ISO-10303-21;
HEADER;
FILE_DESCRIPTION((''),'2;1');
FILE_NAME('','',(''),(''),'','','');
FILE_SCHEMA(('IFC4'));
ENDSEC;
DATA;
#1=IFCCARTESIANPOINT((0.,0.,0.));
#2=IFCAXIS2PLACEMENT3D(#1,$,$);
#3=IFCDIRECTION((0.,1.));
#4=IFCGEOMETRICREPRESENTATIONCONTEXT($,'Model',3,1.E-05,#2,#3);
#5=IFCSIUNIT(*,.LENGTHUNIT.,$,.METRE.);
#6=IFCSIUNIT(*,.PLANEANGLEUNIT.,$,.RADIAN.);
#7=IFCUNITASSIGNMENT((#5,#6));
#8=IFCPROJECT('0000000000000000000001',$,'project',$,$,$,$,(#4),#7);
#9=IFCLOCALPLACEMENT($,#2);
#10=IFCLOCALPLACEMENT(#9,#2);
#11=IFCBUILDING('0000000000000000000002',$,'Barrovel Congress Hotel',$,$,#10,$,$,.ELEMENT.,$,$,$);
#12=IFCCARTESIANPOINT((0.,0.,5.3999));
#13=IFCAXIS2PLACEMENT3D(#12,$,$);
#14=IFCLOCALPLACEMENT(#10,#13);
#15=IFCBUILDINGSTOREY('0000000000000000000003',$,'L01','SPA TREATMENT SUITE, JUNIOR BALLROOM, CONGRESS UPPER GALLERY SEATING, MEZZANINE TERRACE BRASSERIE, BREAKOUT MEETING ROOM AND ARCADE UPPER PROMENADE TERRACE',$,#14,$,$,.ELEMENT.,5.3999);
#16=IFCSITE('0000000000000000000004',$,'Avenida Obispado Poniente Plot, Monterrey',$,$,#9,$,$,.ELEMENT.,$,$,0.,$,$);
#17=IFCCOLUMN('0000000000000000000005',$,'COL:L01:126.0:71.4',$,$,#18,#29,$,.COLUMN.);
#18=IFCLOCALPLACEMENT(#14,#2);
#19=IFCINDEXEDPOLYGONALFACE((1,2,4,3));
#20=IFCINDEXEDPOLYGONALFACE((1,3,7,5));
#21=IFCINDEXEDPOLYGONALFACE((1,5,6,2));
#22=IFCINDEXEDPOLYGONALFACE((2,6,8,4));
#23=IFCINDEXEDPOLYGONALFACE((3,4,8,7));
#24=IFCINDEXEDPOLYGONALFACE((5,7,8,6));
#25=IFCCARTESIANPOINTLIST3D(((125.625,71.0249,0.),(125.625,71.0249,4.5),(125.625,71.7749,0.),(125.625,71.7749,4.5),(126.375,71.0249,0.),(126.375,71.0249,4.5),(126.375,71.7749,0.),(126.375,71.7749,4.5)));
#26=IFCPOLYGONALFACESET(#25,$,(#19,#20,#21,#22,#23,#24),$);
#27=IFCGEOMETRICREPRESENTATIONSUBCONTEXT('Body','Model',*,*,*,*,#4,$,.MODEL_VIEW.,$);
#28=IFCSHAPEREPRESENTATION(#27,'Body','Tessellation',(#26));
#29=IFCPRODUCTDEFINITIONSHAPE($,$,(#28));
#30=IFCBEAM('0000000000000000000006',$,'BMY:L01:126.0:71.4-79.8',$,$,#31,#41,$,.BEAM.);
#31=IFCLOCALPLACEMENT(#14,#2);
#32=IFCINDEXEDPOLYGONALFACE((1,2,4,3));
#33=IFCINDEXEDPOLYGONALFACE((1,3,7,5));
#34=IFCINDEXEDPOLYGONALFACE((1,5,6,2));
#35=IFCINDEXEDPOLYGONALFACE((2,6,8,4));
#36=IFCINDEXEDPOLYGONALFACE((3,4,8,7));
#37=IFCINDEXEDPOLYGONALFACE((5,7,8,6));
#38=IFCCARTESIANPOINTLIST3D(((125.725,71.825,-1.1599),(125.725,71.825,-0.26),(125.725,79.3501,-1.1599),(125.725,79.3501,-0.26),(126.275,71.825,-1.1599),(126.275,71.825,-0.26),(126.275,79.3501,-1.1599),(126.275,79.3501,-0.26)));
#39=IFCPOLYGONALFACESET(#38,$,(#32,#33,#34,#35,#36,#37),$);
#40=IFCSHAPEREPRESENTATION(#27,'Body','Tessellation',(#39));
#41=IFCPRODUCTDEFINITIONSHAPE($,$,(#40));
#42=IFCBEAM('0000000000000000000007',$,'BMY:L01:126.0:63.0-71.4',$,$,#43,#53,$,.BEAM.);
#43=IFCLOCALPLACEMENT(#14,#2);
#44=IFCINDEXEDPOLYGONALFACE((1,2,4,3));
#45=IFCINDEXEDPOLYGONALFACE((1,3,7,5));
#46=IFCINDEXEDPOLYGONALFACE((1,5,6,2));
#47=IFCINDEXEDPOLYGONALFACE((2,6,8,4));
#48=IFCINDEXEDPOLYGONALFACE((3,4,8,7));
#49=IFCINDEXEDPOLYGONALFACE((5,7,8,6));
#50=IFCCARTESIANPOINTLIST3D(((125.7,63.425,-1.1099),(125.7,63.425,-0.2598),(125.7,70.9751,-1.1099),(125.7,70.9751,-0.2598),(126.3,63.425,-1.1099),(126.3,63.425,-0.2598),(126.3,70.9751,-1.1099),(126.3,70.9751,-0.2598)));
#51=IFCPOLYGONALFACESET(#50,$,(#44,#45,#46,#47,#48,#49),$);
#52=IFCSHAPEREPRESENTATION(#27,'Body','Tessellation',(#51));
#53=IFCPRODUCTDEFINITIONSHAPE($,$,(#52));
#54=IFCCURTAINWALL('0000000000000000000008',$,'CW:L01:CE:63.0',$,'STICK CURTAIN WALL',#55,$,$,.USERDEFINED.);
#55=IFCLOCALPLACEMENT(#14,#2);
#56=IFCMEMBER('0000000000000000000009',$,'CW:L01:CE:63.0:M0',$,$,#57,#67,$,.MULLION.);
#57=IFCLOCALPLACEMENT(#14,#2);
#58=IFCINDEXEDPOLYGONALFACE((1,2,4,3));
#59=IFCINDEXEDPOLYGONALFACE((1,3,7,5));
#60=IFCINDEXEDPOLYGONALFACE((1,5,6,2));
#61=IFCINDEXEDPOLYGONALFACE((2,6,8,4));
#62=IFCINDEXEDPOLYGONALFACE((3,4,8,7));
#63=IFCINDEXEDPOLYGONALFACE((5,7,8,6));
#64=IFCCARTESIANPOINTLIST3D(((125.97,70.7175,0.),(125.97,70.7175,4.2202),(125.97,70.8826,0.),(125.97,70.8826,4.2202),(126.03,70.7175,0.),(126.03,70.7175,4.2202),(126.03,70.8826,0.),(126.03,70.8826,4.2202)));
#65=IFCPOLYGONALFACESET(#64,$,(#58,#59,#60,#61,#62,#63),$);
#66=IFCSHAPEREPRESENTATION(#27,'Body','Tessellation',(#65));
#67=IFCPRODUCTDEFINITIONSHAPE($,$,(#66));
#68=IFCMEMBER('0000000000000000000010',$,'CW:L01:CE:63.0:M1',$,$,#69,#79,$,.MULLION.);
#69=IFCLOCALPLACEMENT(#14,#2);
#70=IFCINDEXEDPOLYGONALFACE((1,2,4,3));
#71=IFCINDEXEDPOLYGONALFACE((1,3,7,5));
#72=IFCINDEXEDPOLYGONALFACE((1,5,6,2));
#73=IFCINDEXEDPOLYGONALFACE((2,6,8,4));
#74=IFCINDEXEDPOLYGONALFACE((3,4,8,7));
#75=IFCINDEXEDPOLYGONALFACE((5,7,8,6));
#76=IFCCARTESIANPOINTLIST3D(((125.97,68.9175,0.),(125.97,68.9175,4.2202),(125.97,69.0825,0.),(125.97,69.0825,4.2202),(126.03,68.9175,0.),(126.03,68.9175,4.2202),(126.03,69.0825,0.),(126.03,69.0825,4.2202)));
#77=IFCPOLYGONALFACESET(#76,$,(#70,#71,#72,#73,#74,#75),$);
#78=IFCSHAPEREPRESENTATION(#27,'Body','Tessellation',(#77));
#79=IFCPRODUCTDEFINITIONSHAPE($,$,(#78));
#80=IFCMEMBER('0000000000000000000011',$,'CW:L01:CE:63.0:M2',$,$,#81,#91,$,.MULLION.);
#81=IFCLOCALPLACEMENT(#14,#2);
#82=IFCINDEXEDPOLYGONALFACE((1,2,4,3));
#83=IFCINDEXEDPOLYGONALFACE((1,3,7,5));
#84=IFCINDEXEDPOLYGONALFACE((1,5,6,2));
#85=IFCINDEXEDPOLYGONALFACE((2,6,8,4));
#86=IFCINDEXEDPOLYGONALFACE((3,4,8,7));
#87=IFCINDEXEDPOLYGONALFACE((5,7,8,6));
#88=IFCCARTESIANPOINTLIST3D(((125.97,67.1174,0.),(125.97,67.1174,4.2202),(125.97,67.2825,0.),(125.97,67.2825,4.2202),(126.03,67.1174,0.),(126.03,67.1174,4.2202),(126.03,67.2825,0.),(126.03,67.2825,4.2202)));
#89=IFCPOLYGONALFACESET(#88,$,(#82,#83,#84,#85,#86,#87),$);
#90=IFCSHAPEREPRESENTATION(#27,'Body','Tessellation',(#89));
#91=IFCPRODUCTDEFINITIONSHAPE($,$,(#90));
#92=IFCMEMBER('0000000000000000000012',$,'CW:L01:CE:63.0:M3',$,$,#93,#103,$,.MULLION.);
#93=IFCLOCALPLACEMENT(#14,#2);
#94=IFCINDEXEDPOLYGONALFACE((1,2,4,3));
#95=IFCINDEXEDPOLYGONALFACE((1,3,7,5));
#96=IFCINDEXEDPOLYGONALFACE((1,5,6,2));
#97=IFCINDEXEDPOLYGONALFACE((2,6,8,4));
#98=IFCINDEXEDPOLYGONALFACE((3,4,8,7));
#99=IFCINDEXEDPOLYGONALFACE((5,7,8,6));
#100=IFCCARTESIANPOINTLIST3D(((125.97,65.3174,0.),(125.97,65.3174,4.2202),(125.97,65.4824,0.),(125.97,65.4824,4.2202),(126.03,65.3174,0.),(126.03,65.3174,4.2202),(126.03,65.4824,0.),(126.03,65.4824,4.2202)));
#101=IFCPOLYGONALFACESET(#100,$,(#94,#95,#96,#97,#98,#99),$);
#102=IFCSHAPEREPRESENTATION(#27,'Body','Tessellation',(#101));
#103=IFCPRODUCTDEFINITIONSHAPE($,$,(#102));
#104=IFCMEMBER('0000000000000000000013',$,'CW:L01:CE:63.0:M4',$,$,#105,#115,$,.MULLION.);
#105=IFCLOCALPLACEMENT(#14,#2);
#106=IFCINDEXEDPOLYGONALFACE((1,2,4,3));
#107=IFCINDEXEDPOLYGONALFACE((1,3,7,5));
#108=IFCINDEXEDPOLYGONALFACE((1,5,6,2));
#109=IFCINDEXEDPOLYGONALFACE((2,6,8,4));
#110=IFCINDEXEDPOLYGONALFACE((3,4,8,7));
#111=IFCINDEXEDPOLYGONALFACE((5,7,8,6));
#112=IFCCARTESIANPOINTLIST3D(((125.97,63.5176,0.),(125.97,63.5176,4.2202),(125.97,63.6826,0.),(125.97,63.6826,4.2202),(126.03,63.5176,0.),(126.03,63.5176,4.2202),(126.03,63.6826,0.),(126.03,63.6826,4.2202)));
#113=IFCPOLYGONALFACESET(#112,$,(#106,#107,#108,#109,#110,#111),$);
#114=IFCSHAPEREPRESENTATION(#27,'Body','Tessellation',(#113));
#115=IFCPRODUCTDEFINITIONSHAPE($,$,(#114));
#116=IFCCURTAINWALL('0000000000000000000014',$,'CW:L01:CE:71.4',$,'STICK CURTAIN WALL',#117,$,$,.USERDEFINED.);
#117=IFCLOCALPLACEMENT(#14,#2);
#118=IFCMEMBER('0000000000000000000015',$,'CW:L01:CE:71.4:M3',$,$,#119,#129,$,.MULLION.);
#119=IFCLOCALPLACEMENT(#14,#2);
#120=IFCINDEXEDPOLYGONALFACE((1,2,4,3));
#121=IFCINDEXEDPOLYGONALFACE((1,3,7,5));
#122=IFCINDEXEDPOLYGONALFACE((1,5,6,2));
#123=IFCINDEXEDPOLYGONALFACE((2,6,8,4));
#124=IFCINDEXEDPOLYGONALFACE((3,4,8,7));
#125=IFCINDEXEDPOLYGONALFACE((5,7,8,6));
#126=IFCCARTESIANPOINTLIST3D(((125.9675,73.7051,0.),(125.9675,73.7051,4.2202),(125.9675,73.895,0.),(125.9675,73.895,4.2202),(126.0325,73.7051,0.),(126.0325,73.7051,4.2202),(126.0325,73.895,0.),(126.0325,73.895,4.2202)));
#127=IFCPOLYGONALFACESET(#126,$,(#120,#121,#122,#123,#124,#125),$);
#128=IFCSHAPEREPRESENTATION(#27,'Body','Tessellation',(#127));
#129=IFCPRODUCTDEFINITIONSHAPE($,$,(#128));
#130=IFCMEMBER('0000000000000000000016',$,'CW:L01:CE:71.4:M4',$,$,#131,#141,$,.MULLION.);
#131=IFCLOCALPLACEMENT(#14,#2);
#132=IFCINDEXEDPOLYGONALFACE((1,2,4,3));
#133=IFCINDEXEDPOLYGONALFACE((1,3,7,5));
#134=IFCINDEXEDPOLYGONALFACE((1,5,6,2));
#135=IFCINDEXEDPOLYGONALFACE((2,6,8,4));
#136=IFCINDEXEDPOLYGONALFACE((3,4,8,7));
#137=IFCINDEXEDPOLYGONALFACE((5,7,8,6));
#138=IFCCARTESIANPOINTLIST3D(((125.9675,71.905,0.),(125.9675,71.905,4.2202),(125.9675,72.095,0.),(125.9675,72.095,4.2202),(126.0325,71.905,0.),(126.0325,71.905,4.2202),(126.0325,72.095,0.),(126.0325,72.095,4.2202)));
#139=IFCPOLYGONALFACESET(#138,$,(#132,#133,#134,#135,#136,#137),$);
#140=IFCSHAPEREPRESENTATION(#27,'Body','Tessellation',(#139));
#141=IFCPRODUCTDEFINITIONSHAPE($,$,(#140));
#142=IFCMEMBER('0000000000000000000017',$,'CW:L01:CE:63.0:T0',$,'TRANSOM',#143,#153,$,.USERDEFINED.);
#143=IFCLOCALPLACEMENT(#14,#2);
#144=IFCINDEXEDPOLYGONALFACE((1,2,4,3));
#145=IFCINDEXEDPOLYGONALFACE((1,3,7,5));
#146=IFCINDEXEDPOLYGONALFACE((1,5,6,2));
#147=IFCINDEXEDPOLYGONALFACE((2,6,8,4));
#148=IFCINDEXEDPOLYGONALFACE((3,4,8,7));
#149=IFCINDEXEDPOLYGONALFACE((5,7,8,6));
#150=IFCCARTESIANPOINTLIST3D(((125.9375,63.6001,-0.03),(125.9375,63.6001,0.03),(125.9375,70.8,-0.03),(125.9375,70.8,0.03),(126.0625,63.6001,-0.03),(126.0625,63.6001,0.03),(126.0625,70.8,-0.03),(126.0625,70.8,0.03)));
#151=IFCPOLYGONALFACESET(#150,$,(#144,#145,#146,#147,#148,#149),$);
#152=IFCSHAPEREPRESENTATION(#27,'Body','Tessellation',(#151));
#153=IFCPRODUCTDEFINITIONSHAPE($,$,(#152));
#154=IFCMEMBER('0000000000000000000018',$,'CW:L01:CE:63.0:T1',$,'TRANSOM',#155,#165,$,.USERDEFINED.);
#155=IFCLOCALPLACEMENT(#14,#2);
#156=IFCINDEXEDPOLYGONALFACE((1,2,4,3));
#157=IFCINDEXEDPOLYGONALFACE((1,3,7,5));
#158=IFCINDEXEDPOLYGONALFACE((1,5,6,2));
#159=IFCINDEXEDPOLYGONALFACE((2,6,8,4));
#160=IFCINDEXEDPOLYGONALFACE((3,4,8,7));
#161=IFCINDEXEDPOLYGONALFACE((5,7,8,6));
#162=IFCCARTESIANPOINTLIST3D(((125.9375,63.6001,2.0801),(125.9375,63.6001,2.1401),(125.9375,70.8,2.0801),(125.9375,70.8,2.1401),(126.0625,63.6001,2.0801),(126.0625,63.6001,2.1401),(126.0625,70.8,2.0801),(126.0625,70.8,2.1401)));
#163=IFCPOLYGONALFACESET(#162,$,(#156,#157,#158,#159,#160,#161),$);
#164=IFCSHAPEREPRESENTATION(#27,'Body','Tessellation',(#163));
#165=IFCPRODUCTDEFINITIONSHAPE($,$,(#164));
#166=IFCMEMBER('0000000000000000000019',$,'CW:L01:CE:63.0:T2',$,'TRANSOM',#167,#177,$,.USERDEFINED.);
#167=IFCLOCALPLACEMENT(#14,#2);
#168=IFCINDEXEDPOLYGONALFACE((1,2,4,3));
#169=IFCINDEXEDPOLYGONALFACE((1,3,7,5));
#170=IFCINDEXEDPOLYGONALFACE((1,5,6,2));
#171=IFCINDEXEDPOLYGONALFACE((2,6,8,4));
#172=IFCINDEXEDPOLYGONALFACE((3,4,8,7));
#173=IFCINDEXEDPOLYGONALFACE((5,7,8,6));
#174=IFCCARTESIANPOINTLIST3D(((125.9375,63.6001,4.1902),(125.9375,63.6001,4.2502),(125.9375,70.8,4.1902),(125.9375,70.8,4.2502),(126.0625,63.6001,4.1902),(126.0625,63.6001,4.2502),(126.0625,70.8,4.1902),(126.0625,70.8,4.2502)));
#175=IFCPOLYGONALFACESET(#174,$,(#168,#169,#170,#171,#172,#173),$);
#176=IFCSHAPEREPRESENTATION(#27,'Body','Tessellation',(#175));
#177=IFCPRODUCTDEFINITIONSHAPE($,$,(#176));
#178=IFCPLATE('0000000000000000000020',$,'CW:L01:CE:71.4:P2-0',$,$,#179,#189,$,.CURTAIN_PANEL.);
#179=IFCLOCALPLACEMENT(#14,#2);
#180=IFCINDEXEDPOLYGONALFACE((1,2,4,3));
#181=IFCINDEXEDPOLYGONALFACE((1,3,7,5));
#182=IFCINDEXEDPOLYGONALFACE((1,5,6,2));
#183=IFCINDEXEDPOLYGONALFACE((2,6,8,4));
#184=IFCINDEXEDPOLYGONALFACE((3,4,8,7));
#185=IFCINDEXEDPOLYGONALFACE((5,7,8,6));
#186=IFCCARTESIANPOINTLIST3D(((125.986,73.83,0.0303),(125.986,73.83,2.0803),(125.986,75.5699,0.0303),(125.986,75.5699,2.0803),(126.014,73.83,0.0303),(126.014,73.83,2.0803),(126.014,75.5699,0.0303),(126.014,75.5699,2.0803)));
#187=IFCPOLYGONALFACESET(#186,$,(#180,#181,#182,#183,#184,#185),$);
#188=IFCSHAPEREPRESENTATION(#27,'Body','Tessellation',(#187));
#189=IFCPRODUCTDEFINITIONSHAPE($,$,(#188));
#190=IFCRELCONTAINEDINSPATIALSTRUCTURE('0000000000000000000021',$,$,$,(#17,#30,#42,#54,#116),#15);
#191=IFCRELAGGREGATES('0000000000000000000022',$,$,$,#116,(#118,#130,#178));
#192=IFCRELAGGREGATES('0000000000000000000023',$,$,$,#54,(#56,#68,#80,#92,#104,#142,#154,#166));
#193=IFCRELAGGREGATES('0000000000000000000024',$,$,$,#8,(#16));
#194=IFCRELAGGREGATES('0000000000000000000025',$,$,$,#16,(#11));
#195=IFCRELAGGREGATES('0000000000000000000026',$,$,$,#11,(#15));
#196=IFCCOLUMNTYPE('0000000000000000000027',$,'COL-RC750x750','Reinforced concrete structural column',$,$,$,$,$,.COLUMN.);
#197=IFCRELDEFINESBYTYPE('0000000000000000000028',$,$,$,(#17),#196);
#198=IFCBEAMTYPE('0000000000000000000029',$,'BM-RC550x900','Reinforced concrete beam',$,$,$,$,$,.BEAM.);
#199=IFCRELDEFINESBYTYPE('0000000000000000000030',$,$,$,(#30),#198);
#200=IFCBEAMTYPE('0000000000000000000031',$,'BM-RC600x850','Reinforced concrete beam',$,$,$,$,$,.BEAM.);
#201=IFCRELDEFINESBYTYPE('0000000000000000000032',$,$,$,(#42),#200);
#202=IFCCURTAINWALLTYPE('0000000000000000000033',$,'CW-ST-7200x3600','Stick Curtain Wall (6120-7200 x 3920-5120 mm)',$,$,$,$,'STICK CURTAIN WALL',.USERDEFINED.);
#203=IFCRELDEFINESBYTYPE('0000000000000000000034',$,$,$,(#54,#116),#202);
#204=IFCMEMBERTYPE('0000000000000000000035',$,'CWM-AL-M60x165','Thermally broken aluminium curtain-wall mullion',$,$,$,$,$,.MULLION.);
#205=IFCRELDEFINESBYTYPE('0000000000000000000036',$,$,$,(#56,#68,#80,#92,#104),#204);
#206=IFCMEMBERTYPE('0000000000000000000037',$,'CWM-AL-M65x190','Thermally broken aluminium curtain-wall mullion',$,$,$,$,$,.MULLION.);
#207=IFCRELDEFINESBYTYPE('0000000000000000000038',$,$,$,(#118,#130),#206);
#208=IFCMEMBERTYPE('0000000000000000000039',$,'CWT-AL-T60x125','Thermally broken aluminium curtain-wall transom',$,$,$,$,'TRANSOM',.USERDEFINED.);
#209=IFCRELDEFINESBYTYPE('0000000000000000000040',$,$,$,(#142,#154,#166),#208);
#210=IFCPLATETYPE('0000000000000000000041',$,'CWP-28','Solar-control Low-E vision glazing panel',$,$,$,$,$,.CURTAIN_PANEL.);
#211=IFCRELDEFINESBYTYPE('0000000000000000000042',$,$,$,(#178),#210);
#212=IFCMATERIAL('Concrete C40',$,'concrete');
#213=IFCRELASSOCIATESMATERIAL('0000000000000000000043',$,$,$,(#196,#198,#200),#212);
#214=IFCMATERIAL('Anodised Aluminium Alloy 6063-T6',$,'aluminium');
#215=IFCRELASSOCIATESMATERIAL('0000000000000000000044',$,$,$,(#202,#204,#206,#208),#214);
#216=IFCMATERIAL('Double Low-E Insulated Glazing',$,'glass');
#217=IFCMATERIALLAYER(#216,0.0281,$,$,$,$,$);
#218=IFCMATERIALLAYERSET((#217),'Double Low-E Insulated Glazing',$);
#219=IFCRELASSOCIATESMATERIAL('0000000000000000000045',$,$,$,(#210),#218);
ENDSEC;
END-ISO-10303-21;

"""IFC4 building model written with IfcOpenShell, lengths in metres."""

from ifc_helpers import new_model, si_unit, direction, frame, origin, origin_2d, place, context, subcontext, project, spatial, rectangle, extrude, material, layer, layer_set, material_profile, profile_set, type_object, element, aggregate, save


model = new_model("IFC4")

# Units and contexts
model_context = context("Model", 3, precision=1e-05, world=origin(), true_north=direction((0.0, 1.0)))
body_context = subcontext(model_context, "Body", "Model", "MODEL_VIEW")
ifc_project = project(units=[si_unit("LENGTHUNIT", "METRE"), si_unit("PLANEANGLEUNIT", "RADIAN")], contexts=[model_context])

# Site, building, storey
site_placement = place(None, origin())
site = spatial("IfcSite", under=ifc_project, at=site_placement, Name="Avenida Obispado Poniente Plot, Monterrey", CompositionType="ELEMENT", RefElevation=0.0)
building_placement = place(site_placement, origin())
building = spatial("IfcBuilding", under=site, at=building_placement, Name="Barrovel Congress Hotel", CompositionType="ELEMENT")
storey_placement = place(building_placement, frame((0.0, 0.0, 5.3999)))
storey = spatial("IfcBuildingStorey", under=building, at=storey_placement, Name="L01", Description="SPA TREATMENT SUITE, JUNIOR BALLROOM, CONGRESS UPPER GALLERY SEATING, MEZZANINE TERRACE BRASSERIE, BREAKOUT MEETING ROOM AND ARCADE UPPER PROMENADE TERRACE", CompositionType="ELEMENT", Elevation=5.3999)

# Column
ifc_material_1 = material(Name="Concrete C40", Category="concrete")
ifc_material_profile_1 = material_profile(ifc_material_1, rectangle(XDim=0.75, YDim=0.75, at=origin_2d()), Name="RC750x750")
ifc_profile_set_1 = profile_set([ifc_material_profile_1], Name="Concrete C40")
column_type = type_object("IfcColumnType", Name="COL-RC750x750", Description="Reinforced concrete structural column", PredefinedType="COLUMN", material=ifc_profile_set_1)
column_placement = place(storey_placement, frame((126.0, 71.3999, 0.0), z_axis=(0.0, 0.0, 1.0), x_axis=(1.0, 0.0, 0.0)))
element("IfcColumn", 1, at=column_placement, inside=storey, type_object=column_type, Name="COL:L01:126.0:71.4", PredefinedType="COLUMN", context=body_context, shape_type="SweptSolid", body=[
    extrude(rectangle(XDim=0.75, YDim=0.75, at=origin_2d()), origin(), (0.0, 0.0, 1.0), 4.5),
])

# Beams
ifc_material_profile_2 = material_profile(ifc_material_1, rectangle(XDim=0.55, YDim=0.8999, at=origin_2d()), Name="RC550x900")
ifc_profile_set_2 = profile_set([ifc_material_profile_2], Name="Concrete C40")
beam_type_1 = type_object("IfcBeamType", Name="BM-RC550x900", Description="Reinforced concrete beam", PredefinedType="BEAM", material=ifc_profile_set_2)
beam_1_placement = place(storey_placement, frame((126.0, 71.825, -0.71), z_axis=(0.0, 1.0, 0.0), x_axis=(-1.0, 0.0, 0.0)))
element("IfcBeam", 2, at=beam_1_placement, inside=storey, type_object=beam_type_1, Name="BMY:L01:126.0:71.4-79.8", PredefinedType="BEAM", context=body_context, shape_type="SweptSolid", body=[
    extrude(rectangle(XDim=0.55, YDim=0.8999, at=origin_2d()), origin(), (0.0, 0.0, 1.0), 7.5251),
])
ifc_material_profile_3 = material_profile(ifc_material_1, rectangle(XDim=0.6001, YDim=0.8501, at=origin_2d()), Name="RC600x850")
ifc_profile_set_3 = profile_set([ifc_material_profile_3], Name="Concrete C40")
beam_type_2 = type_object("IfcBeamType", Name="BM-RC600x850", Description="Reinforced concrete beam", PredefinedType="BEAM", material=ifc_profile_set_3)
beam_2_placement = place(storey_placement, frame((126.0, 63.425, -0.6848), z_axis=(0.0, 1.0, 0.0), x_axis=(-1.0, 0.0, 0.0)))
element("IfcBeam", 3, at=beam_2_placement, inside=storey, type_object=beam_type_2, Name="BMY:L01:126.0:63.0-71.4", PredefinedType="BEAM", context=body_context, shape_type="SweptSolid", body=[
    extrude(rectangle(XDim=0.6001, YDim=0.8501, at=origin_2d()), origin(), (0.0, 0.0, 1.0), 7.55),
])

# Curtain walls, members
ifc_material_2 = material(Name="Anodised Aluminium Alloy 6063-T6", Category="aluminium")
curtain_wall_type = type_object("IfcCurtainWallType", Name="CW-ST-7200x3600", Description="Stick Curtain Wall (6120-7200 x 3920-5120 mm)", ElementType="STICK CURTAIN WALL", PredefinedType="USERDEFINED", material=ifc_material_2)
curtain_wall_1_placement = place(storey_placement, origin())
curtain_wall_1 = element("IfcCurtainWall", 4, at=curtain_wall_1_placement, inside=storey, type_object=curtain_wall_type, Name="CW:L01:CE:63.0", ObjectType="STICK CURTAIN WALL", PredefinedType="USERDEFINED")
ifc_material_profile_4 = material_profile(ifc_material_2, rectangle(XDim=0.0601, YDim=0.165, at=origin_2d()), Name="AL-M60x165")
ifc_profile_set_4 = profile_set([ifc_material_profile_4], Name="Anodised Aluminium Alloy 6063-T6")
member_type_1 = type_object("IfcMemberType", Name="CWM-AL-M60x165", Description="Thermally broken aluminium curtain-wall mullion", PredefinedType="MULLION", material=ifc_profile_set_4)
member_1_placement = place(storey_placement, frame((126.0, 70.8, 0.0), z_axis=(0.0, 0.0, 1.0), x_axis=(1.0, 0.0, 0.0)))
member_1 = element("IfcMember", 5, at=member_1_placement, type_object=member_type_1, Name="CW:L01:CE:63.0:M0", PredefinedType="MULLION", context=body_context, shape_type="SweptSolid", body=[
    extrude(rectangle(XDim=0.0601, YDim=0.165, at=origin_2d()), origin(), (0.0, 0.0, 1.0), 4.2202),
])
member_2_placement = place(storey_placement, frame((126.0, 69.0, 0.0), z_axis=(0.0, 0.0, 1.0), x_axis=(1.0, 0.0, 0.0)))
member_2 = element("IfcMember", 6, at=member_2_placement, type_object=member_type_1, Name="CW:L01:CE:63.0:M1", PredefinedType="MULLION", context=body_context, shape_type="SweptSolid", body=[
    extrude(rectangle(XDim=0.0601, YDim=0.165, at=origin_2d()), origin(), (0.0, 0.0, 1.0), 4.2202),
])
member_3_placement = place(storey_placement, frame((126.0, 67.2, 0.0), z_axis=(0.0, 0.0, 1.0), x_axis=(1.0, 0.0, 0.0)))
member_3 = element("IfcMember", 7, at=member_3_placement, type_object=member_type_1, Name="CW:L01:CE:63.0:M2", PredefinedType="MULLION", context=body_context, shape_type="SweptSolid", body=[
    extrude(rectangle(XDim=0.0601, YDim=0.165, at=origin_2d()), origin(), (0.0, 0.0, 1.0), 4.2202),
])
member_4_placement = place(storey_placement, frame((126.0, 65.3999, 0.0), z_axis=(0.0, 0.0, 1.0), x_axis=(1.0, 0.0, 0.0)))
member_4 = element("IfcMember", 8, at=member_4_placement, type_object=member_type_1, Name="CW:L01:CE:63.0:M3", PredefinedType="MULLION", context=body_context, shape_type="SweptSolid", body=[
    extrude(rectangle(XDim=0.0601, YDim=0.165, at=origin_2d()), origin(), (0.0, 0.0, 1.0), 4.2202),
])
member_5_placement = place(storey_placement, frame((126.0, 63.6001, 0.0), z_axis=(0.0, 0.0, 1.0), x_axis=(1.0, 0.0, 0.0)))
member_5 = element("IfcMember", 9, at=member_5_placement, type_object=member_type_1, Name="CW:L01:CE:63.0:M4", PredefinedType="MULLION", context=body_context, shape_type="SweptSolid", body=[
    extrude(rectangle(XDim=0.0601, YDim=0.165, at=origin_2d()), origin(), (0.0, 0.0, 1.0), 4.2202),
])
curtain_wall_2_placement = place(storey_placement, origin())
curtain_wall_2 = element("IfcCurtainWall", 10, at=curtain_wall_2_placement, inside=storey, type_object=curtain_wall_type, Name="CW:L01:CE:71.4", ObjectType="STICK CURTAIN WALL", PredefinedType="USERDEFINED")
ifc_material_profile_5 = material_profile(ifc_material_2, rectangle(XDim=0.0649, YDim=0.1899, at=origin_2d()), Name="AL-M65x190")
ifc_profile_set_5 = profile_set([ifc_material_profile_5], Name="Anodised Aluminium Alloy 6063-T6")
member_type_2 = type_object("IfcMemberType", Name="CWM-AL-M65x190", Description="Thermally broken aluminium curtain-wall mullion", PredefinedType="MULLION", material=ifc_profile_set_5)
member_6_placement = place(storey_placement, frame((126.0, 73.8, 0.0), z_axis=(0.0, 0.0, 1.0), x_axis=(1.0, 0.0, 0.0)))
member_6 = element("IfcMember", 11, at=member_6_placement, type_object=member_type_2, Name="CW:L01:CE:71.4:M3", PredefinedType="MULLION", context=body_context, shape_type="SweptSolid", body=[
    extrude(rectangle(XDim=0.0649, YDim=0.1899, at=origin_2d()), origin(), (0.0, 0.0, 1.0), 4.2202),
])
member_7_placement = place(storey_placement, frame((126.0, 72.0, 0.0), z_axis=(0.0, 0.0, 1.0), x_axis=(1.0, 0.0, 0.0)))
member_7 = element("IfcMember", 12, at=member_7_placement, type_object=member_type_2, Name="CW:L01:CE:71.4:M4", PredefinedType="MULLION", context=body_context, shape_type="SweptSolid", body=[
    extrude(rectangle(XDim=0.0649, YDim=0.1899, at=origin_2d()), origin(), (0.0, 0.0, 1.0), 4.2202),
])

# Members
ifc_material_profile_6 = material_profile(ifc_material_2, rectangle(XDim=0.125, YDim=0.0601, at=origin_2d()), Name="AL-T60x125")
ifc_profile_set_6 = profile_set([ifc_material_profile_6], Name="Anodised Aluminium Alloy 6063-T6")
member_type_3 = type_object("IfcMemberType", Name="CWT-AL-T60x125", Description="Thermally broken aluminium curtain-wall transom", ElementType="TRANSOM", PredefinedType="USERDEFINED", material=ifc_profile_set_6)
member_8_placement = place(storey_placement, frame((126.0, 70.8, 0.0), z_axis=(0.0, -1.0, 0.0), x_axis=(1.0, 0.0, 0.0)))
member_8 = element("IfcMember", 13, at=member_8_placement, type_object=member_type_3, Name="CW:L01:CE:63.0:T0", ObjectType="TRANSOM", PredefinedType="USERDEFINED", context=body_context, shape_type="SweptSolid", body=[
    extrude(rectangle(XDim=0.125, YDim=0.0601, at=origin_2d()), origin(), (0.0, 0.0, 1.0), 7.2),
])
member_9_placement = place(storey_placement, frame((126.0, 70.8, 2.1101), z_axis=(0.0, -1.0, 0.0), x_axis=(1.0, 0.0, 0.0)))
member_9 = element("IfcMember", 14, at=member_9_placement, type_object=member_type_3, Name="CW:L01:CE:63.0:T1", ObjectType="TRANSOM", PredefinedType="USERDEFINED", context=body_context, shape_type="SweptSolid", body=[
    extrude(rectangle(XDim=0.125, YDim=0.0601, at=origin_2d()), origin(), (0.0, 0.0, 1.0), 7.2),
])
member_10_placement = place(storey_placement, frame((126.0, 70.8, 4.2202), z_axis=(0.0, -1.0, 0.0), x_axis=(1.0, 0.0, 0.0)))
member_10 = element("IfcMember", 15, at=member_10_placement, type_object=member_type_3, Name="CW:L01:CE:63.0:T2", ObjectType="TRANSOM", PredefinedType="USERDEFINED", context=body_context, shape_type="SweptSolid", body=[
    extrude(rectangle(XDim=0.125, YDim=0.0601, at=origin_2d()), origin(), (0.0, 0.0, 1.0), 7.2),
])

# Plate
ifc_material_3 = material(Name="Double Low-E Insulated Glazing", Category="glass")
ifc_layer_1 = layer(ifc_material_3, 0.0281)
ifc_layer_set_1 = layer_set([ifc_layer_1], Name="Double Low-E Insulated Glazing")
plate_type_1 = type_object("IfcPlateType", Name="CWP-28", Description="Solar-control Low-E vision glazing panel", PredefinedType="CURTAIN_PANEL", material=ifc_layer_set_1)
plate_1_placement = place(storey_placement, frame((126.0, 74.7, 0.0303), z_axis=(0.0, 0.0, 1.0), x_axis=(0.0, -1.0, 0.0)))
plate_1 = element("IfcPlate", 16, at=plate_1_placement, type_object=plate_type_1, Name="CW:L01:CE:71.4:P2-0", PredefinedType="CURTAIN_PANEL", context=body_context, shape_type="SweptSolid", body=[
    extrude(rectangle(XDim=1.74, YDim=0.0281, at=origin_2d()), origin(), (0.0, 0.0, 1.0), 2.05),
])
aggregate(curtain_wall_2, [member_6, member_7, plate_1])
aggregate(curtain_wall_1, [member_1, member_2, member_3, member_4, member_5, member_8, member_9, member_10])

save(model, "model.ifc")
